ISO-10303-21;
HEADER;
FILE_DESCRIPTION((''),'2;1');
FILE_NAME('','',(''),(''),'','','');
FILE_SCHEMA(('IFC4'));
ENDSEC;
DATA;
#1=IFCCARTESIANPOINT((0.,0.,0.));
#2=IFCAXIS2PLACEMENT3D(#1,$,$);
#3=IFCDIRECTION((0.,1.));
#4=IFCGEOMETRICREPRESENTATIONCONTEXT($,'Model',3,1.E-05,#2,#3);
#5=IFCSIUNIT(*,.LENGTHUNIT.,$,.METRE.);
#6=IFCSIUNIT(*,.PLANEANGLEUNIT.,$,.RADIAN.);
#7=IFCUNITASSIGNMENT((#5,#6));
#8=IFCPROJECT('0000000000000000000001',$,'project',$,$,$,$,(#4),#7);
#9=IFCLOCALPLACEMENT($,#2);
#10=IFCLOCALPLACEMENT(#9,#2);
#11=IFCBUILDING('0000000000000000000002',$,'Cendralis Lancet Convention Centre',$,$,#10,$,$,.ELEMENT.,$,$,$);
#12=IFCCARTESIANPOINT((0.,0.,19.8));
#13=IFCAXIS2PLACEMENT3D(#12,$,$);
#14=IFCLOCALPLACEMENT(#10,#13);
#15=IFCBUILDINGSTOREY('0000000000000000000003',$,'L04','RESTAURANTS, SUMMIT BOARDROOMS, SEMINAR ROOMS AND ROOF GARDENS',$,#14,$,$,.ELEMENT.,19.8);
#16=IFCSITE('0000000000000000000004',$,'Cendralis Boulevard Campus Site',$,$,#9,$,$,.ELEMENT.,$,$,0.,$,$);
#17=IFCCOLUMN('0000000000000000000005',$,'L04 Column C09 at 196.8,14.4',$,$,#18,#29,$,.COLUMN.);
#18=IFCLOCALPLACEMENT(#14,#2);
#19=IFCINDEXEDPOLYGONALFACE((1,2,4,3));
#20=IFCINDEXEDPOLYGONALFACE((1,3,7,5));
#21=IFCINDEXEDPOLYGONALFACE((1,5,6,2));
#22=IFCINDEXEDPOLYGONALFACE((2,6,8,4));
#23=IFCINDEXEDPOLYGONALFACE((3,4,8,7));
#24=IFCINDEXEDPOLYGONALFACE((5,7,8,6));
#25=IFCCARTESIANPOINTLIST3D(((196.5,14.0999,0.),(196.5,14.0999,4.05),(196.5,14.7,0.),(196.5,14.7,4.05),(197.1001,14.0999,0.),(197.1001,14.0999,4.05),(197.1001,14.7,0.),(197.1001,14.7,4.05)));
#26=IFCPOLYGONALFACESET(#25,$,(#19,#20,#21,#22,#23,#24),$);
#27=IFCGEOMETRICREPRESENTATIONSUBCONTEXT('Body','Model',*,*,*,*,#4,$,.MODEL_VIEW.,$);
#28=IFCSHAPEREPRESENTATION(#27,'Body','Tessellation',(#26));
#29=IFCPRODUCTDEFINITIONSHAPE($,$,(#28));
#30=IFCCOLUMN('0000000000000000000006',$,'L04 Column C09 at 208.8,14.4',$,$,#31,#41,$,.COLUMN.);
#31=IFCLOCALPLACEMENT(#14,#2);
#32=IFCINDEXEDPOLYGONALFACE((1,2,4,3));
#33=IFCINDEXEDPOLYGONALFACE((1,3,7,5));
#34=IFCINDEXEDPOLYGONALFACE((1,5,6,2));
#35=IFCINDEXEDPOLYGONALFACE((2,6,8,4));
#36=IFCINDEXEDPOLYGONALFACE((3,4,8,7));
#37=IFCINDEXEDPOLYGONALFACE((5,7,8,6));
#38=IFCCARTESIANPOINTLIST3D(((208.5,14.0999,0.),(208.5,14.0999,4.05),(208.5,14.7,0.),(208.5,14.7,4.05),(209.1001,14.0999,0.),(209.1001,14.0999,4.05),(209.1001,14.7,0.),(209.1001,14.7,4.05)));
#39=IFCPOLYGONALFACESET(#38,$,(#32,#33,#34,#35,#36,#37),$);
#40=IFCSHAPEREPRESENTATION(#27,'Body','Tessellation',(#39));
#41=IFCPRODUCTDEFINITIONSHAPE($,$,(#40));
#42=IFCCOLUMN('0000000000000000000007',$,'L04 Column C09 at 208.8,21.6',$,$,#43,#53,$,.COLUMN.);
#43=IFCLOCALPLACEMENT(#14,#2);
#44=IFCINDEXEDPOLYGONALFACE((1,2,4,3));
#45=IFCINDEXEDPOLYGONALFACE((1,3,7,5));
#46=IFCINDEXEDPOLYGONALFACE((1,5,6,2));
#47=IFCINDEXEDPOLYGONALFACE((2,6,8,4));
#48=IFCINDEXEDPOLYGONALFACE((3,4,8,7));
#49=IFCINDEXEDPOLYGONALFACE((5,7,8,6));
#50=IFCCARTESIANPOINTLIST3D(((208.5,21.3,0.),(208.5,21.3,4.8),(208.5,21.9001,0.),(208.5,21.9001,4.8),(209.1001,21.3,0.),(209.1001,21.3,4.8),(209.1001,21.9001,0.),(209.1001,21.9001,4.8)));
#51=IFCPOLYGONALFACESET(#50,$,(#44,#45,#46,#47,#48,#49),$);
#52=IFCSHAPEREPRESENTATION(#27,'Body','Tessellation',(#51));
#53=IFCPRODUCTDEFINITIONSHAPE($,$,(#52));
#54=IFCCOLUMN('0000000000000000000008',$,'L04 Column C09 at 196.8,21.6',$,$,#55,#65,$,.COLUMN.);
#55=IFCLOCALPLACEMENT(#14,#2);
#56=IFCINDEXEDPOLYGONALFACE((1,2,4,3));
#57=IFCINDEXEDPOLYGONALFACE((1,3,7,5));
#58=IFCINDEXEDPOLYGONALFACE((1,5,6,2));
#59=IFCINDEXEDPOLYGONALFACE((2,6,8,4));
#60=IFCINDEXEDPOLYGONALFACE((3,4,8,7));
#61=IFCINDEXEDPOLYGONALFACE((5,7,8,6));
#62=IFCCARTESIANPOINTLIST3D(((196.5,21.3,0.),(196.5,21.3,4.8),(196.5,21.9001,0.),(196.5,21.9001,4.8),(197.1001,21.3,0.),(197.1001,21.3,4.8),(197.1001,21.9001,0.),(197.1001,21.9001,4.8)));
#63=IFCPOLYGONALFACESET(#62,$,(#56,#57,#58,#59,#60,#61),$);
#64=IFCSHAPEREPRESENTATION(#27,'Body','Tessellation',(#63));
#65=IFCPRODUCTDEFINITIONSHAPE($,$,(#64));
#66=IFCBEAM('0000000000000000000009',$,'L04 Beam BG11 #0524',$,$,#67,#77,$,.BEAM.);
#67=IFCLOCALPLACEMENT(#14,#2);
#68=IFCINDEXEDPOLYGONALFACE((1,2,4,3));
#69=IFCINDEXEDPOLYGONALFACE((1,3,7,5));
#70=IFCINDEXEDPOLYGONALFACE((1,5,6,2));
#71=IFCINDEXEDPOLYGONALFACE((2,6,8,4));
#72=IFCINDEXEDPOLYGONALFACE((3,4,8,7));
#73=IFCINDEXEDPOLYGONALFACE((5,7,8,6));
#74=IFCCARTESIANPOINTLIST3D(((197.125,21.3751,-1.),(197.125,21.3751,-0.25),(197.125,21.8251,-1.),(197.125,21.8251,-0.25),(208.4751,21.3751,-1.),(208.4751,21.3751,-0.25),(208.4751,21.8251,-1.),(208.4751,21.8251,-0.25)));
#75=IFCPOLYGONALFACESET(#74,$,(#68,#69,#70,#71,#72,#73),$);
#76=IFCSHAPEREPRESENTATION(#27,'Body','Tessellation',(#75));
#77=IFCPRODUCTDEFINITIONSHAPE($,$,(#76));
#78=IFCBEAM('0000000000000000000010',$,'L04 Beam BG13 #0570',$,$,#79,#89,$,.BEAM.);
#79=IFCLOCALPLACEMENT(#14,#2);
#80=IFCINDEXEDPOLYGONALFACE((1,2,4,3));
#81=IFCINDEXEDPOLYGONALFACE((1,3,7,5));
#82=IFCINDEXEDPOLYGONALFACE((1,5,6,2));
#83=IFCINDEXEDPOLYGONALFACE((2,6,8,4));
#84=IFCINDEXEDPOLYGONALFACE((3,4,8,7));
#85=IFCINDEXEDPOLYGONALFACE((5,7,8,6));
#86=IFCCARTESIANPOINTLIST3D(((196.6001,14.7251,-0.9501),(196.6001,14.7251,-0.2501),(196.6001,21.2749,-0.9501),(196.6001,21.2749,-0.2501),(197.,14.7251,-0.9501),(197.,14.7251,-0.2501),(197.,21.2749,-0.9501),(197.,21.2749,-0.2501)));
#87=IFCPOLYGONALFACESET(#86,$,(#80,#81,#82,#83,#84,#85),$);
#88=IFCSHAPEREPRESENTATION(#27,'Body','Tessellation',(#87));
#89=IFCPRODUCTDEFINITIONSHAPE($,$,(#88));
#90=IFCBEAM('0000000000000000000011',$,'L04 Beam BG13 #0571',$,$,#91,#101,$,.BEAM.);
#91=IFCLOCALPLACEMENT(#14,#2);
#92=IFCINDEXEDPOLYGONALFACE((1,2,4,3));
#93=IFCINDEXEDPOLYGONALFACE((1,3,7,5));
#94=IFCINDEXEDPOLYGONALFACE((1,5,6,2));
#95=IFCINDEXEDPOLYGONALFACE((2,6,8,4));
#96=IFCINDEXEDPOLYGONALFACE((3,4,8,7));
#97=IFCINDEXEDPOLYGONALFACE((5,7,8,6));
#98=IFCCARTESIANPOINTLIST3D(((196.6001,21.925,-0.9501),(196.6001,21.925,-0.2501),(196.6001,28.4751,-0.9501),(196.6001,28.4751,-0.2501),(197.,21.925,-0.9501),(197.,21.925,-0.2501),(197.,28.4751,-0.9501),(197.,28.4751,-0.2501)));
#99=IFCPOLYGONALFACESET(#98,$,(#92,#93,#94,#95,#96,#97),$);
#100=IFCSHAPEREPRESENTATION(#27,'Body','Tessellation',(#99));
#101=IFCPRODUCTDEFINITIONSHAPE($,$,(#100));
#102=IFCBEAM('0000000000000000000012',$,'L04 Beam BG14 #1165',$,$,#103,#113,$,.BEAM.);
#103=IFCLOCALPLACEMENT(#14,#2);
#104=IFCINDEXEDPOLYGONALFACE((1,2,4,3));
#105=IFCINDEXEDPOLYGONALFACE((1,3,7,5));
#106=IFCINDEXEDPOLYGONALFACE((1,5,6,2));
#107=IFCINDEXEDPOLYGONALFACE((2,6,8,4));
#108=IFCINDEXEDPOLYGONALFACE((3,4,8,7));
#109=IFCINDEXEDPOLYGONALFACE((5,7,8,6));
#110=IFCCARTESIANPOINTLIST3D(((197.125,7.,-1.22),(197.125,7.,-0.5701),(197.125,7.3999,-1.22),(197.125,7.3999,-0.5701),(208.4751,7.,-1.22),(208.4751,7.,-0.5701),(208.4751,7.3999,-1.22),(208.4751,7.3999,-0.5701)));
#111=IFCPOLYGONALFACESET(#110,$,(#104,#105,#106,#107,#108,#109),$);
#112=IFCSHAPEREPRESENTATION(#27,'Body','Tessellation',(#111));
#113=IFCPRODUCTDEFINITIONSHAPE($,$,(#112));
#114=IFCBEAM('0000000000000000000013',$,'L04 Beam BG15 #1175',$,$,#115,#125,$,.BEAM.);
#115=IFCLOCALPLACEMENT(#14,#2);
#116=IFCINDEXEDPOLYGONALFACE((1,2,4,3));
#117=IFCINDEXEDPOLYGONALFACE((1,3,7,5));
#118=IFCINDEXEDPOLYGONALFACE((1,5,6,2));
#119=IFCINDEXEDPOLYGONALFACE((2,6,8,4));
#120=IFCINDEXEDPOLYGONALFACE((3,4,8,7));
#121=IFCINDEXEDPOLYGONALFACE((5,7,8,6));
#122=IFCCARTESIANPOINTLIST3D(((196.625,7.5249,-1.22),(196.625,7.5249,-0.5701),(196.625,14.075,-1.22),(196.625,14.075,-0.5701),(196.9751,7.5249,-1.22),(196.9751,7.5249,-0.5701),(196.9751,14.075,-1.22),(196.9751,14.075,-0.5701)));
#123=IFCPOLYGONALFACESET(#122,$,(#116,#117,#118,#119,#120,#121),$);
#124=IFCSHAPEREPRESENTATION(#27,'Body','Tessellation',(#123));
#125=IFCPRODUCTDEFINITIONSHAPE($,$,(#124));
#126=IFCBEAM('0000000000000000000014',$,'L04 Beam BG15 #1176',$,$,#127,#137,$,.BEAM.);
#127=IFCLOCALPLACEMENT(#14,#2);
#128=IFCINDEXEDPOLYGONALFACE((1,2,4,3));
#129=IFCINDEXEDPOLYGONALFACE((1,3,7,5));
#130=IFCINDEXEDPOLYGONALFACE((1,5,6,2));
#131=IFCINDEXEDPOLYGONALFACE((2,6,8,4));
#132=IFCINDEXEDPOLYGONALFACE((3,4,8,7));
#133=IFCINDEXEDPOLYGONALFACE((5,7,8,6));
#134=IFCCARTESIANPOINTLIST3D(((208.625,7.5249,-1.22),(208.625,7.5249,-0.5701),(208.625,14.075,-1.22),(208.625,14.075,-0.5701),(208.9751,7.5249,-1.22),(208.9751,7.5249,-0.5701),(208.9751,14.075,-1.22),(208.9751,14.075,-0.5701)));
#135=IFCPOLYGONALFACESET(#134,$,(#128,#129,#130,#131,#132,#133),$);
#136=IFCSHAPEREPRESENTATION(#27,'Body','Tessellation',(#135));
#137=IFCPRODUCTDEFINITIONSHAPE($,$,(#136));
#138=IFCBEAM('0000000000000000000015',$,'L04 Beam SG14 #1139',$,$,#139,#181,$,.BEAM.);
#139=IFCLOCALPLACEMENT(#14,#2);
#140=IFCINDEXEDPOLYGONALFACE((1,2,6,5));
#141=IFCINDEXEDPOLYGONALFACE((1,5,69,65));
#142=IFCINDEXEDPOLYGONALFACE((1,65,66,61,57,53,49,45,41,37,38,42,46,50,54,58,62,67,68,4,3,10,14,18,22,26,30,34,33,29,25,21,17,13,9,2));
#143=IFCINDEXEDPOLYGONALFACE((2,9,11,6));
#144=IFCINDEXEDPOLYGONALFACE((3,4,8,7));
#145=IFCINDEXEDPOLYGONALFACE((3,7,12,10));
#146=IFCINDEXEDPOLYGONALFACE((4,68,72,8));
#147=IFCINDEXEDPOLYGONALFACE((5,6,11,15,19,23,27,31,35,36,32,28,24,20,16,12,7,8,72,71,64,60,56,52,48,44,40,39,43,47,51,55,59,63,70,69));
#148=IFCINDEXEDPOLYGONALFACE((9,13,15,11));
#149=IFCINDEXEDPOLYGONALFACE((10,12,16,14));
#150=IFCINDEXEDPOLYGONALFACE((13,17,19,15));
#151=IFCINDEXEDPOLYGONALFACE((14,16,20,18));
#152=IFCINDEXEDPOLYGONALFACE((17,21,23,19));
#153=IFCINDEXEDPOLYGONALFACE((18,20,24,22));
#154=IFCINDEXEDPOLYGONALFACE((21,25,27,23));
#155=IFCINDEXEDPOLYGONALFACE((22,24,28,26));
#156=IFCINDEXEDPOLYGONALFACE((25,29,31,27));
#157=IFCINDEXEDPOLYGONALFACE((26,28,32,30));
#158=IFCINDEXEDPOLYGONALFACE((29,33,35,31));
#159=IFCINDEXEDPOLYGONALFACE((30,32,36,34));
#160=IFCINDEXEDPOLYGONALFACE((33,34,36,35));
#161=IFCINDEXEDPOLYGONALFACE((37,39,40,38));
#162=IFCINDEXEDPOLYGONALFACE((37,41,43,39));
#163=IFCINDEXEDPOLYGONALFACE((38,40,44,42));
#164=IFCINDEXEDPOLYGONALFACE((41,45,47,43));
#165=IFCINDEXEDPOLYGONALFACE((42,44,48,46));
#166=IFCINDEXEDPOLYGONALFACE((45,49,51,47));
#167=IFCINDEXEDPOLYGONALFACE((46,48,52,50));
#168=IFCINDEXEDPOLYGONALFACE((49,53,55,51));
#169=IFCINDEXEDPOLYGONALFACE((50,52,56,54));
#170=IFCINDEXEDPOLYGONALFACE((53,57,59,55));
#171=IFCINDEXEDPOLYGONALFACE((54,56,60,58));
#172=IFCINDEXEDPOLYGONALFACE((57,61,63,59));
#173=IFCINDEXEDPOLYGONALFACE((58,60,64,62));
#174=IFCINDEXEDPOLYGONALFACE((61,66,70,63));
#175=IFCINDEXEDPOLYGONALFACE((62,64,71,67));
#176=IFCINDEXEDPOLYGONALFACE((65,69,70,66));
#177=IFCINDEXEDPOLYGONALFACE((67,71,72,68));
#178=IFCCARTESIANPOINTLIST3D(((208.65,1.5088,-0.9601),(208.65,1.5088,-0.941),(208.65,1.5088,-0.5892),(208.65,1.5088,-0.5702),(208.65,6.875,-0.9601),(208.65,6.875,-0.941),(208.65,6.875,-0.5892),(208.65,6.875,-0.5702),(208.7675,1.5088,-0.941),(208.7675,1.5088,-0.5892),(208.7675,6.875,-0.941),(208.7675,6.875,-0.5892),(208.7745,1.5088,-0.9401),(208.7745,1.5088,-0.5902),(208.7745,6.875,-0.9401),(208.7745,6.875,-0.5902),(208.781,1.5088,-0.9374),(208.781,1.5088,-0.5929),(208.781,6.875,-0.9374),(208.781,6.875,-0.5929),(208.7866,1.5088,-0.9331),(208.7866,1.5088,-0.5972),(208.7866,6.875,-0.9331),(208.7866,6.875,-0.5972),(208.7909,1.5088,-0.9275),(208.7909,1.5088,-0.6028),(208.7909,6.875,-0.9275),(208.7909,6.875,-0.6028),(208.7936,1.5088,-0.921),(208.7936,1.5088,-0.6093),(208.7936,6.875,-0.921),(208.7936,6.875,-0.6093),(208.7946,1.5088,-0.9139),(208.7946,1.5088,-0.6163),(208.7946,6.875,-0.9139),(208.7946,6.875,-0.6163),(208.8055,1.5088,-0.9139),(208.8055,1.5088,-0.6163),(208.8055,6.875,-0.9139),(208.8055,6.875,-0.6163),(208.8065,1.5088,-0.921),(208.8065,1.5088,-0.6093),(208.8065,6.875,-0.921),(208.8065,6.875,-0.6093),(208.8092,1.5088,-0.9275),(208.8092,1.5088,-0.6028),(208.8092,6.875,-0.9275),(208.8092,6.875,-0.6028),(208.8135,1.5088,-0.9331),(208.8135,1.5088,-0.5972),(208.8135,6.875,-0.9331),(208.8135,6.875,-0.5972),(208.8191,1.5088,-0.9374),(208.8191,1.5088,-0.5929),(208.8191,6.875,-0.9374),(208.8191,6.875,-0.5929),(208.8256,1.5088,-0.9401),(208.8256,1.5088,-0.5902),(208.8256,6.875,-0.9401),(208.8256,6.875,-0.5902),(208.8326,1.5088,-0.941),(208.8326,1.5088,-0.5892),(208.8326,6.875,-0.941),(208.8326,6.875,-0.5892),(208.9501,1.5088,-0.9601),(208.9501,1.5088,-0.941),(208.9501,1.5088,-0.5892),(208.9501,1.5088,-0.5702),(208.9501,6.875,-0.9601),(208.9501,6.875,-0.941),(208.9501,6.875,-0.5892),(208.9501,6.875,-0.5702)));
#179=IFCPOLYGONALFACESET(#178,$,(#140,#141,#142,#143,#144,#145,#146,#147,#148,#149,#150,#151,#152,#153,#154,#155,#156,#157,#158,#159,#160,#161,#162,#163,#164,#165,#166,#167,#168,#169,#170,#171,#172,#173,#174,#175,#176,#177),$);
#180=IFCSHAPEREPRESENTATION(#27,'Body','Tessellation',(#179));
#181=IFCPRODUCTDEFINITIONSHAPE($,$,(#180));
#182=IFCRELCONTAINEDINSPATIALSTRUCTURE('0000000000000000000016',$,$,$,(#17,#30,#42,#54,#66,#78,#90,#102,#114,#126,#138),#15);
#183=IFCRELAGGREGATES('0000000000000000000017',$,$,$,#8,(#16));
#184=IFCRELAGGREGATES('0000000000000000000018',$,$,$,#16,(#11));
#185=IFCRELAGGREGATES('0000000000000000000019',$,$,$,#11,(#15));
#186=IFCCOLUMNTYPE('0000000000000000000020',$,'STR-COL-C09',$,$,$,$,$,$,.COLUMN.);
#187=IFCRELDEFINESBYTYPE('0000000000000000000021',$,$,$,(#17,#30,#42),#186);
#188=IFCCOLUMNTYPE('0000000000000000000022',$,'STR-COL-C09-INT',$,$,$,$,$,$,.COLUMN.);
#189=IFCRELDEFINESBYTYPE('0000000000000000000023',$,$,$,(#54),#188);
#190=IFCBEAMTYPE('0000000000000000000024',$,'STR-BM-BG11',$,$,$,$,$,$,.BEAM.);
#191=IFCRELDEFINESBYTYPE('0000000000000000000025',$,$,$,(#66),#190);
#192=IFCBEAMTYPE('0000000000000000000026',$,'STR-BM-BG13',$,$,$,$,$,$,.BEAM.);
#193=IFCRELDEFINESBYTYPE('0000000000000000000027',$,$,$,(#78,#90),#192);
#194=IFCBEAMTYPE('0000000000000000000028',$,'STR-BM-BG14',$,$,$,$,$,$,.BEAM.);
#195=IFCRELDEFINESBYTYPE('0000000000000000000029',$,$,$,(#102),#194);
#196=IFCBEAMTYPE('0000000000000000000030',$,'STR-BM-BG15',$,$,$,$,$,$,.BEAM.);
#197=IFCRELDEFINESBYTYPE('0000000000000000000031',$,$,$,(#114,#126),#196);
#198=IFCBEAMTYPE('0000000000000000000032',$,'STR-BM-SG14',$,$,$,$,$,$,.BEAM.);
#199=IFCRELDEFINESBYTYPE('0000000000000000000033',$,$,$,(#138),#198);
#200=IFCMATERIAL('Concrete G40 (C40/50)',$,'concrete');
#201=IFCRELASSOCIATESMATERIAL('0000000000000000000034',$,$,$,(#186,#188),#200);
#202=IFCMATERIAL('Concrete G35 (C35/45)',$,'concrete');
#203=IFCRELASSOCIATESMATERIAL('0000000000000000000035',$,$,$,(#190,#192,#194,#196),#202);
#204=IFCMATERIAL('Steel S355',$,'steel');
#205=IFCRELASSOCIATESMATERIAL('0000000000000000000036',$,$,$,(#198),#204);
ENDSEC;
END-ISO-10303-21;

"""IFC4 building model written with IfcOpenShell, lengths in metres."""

from ifc_helpers import new_model, si_unit, direction, frame, origin, origin_2d, place, context, subcontext, project, spatial, rectangle, i_section, extrude, material, material_profile, profile_set, type_object, element, save


model = new_model("IFC4")

# Units and contexts
model_context = context("Model", 3, precision=1e-05, world=origin(), true_north=direction((0.0, 1.0)))
body_context = subcontext(model_context, "Body", "Model", "MODEL_VIEW")
ifc_project = project(units=[si_unit("LENGTHUNIT", "METRE"), si_unit("PLANEANGLEUNIT", "RADIAN")], contexts=[model_context])

# Site, building, storey
site_placement = place(None, origin())
site = spatial("IfcSite", under=ifc_project, at=site_placement, Name="Cendralis Boulevard Campus Site", CompositionType="ELEMENT", RefElevation=0.0)
building_placement = place(site_placement, origin())
building = spatial("IfcBuilding", under=site, at=building_placement, Name="Cendralis Lancet Convention Centre", CompositionType="ELEMENT")
storey_placement = place(building_placement, frame((0.0, 0.0, 19.8)))
storey = spatial("IfcBuildingStorey", under=building, at=storey_placement, Name="L04", Description="RESTAURANTS, SUMMIT BOARDROOMS, SEMINAR ROOMS AND ROOF GARDENS", CompositionType="ELEMENT", Elevation=19.8)

# Columns
ifc_material_1 = material(Name="Concrete G40 (C40/50)", Category="concrete")
ifc_material_profile_1 = material_profile(ifc_material_1, rectangle(XDim=0.6001, YDim=0.6001, at=origin_2d()), Name="RC 600x600")
ifc_profile_set_1 = profile_set([ifc_material_profile_1], Name="Concrete G40 (C40/50)")
column_type_1 = type_object("IfcColumnType", Name="STR-COL-C09", PredefinedType="COLUMN", material=ifc_profile_set_1)
for number, where, z_axis, x_axis, name in (
    (1, (196.8, 14.3999, 0.0), (0.0, 0.0, 1.0), (1.0, 0.0, 0.0), "L04 Column C09 at 196.8,14.4"),
    (2, (208.8, 14.3999, 0.0), (0.0, 0.0, 1.0), (1.0, 0.0, 0.0), "L04 Column C09 at 208.8,14.4"),
):
    element("IfcColumn", number, at=place(storey_placement, frame(where, z_axis=z_axis, x_axis=x_axis)), inside=storey, type_object=column_type_1, Name=name, PredefinedType="COLUMN", context=body_context, shape_type="SweptSolid", body=[
        extrude(rectangle(XDim=0.6001, YDim=0.6001, at=origin_2d()), origin(), (0.0, 0.0, 1.0), 4.05),
    ])
column_1_placement = place(storey_placement, frame((208.8, 21.6001, 0.0), z_axis=(0.0, 0.0, 1.0), x_axis=(1.0, 0.0, 0.0)))
element("IfcColumn", 3, at=column_1_placement, inside=storey, type_object=column_type_1, Name="L04 Column C09 at 208.8,21.6", PredefinedType="COLUMN", context=body_context, shape_type="SweptSolid", body=[
    extrude(rectangle(XDim=0.6001, YDim=0.6001, at=origin_2d()), origin(), (0.0, 0.0, 1.0), 4.8),
])
ifc_material_profile_2 = material_profile(ifc_material_1, rectangle(XDim=0.6001, YDim=0.6001, at=origin_2d()), Name="RC 600x600")
ifc_profile_set_2 = profile_set([ifc_material_profile_2], Name="Concrete G40 (C40/50)")
column_type_2 = type_object("IfcColumnType", Name="STR-COL-C09-INT", PredefinedType="COLUMN", material=ifc_profile_set_2)
column_2_placement = place(storey_placement, frame((196.8, 21.6001, 0.0), z_axis=(0.0, 0.0, 1.0), x_axis=(1.0, 0.0, 0.0)))
element("IfcColumn", 4, at=column_2_placement, inside=storey, type_object=column_type_2, Name="L04 Column C09 at 196.8,21.6", PredefinedType="COLUMN", context=body_context, shape_type="SweptSolid", body=[
    extrude(rectangle(XDim=0.6001, YDim=0.6001, at=origin_2d()), origin(), (0.0, 0.0, 1.0), 4.8),
])

# Beams
ifc_material_2 = material(Name="Concrete G35 (C35/45)", Category="concrete")
ifc_material_profile_3 = material_profile(ifc_material_2, rectangle(XDim=0.45, YDim=0.75, at=origin_2d()), Name="RCB 450x750")
ifc_profile_set_3 = profile_set([ifc_material_profile_3], Name="Concrete G35 (C35/45)")
beam_type_1 = type_object("IfcBeamType", Name="STR-BM-BG11", PredefinedType="BEAM", material=ifc_profile_set_3)
beam_1_placement = place(storey_placement, frame((197.125, 21.6001, -0.625), z_axis=(1.0, 0.0, 0.0), x_axis=(0.0, 1.0, 0.0)))
element("IfcBeam", 5, at=beam_1_placement, inside=storey, type_object=beam_type_1, Name="L04 Beam BG11 #0524", PredefinedType="BEAM", context=body_context, shape_type="SweptSolid", body=[
    extrude(rectangle(XDim=0.45, YDim=0.75, at=origin_2d()), origin(), (0.0, 0.0, 1.0), 11.3501),
])
ifc_material_profile_4 = material_profile(ifc_material_2, rectangle(XDim=0.3999, YDim=0.7, at=origin_2d()), Name="RCB 400x700")
ifc_profile_set_4 = profile_set([ifc_material_profile_4], Name="Concrete G35 (C35/45)")
beam_type_2 = type_object("IfcBeamType", Name="STR-BM-BG13", PredefinedType="BEAM", material=ifc_profile_set_4)
beam_2_placement = place(storey_placement, frame((196.8, 14.7251, -0.6001), z_axis=(0.0, 1.0, 0.0), x_axis=(-1.0, 0.0, 0.0)))
element("IfcBeam", 6, at=beam_2_placement, inside=storey, type_object=beam_type_2, Name="L04 Beam BG13 #0570", PredefinedType="BEAM", context=body_context, shape_type="SweptSolid", body=[
    extrude(rectangle(XDim=0.3999, YDim=0.7, at=origin_2d()), origin(), (0.0, 0.0, 1.0), 6.5498),
])
beam_3_placement = place(storey_placement, frame((196.8, 21.925, -0.6001), z_axis=(0.0, 1.0, 0.0), x_axis=(-1.0, 0.0, 0.0)))
element("IfcBeam", 7, at=beam_3_placement, inside=storey, type_object=beam_type_2, Name="L04 Beam BG13 #0571", PredefinedType="BEAM", context=body_context, shape_type="SweptSolid", body=[
    extrude(rectangle(XDim=0.3999, YDim=0.7, at=origin_2d()), origin(), (0.0, 0.0, 1.0), 6.55),
])
ifc_material_profile_5 = material_profile(ifc_material_2, rectangle(XDim=0.3999, YDim=0.6499, at=origin_2d()), Name="RCB 400x650")
ifc_profile_set_5 = profile_set([ifc_material_profile_5], Name="Concrete G35 (C35/45)")
beam_type_3 = type_object("IfcBeamType", Name="STR-BM-BG14", PredefinedType="BEAM", material=ifc_profile_set_5)
beam_4_placement = place(storey_placement, frame((197.125, 7.2, -0.895), z_axis=(1.0, 0.0, 0.0), x_axis=(0.0, 1.0, 0.0)))
element("IfcBeam", 8, at=beam_4_placement, inside=storey, type_object=beam_type_3, Name="L04 Beam BG14 #1165", PredefinedType="BEAM", context=body_context, shape_type="SweptSolid", body=[
    extrude(rectangle(XDim=0.3999, YDim=0.6499, at=origin_2d()), origin(), (0.0, 0.0, 1.0), 11.3501),
])
ifc_material_profile_6 = material_profile(ifc_material_2, rectangle(XDim=0.3501, YDim=0.6499, at=origin_2d()), Name="RCB 350x650")
ifc_profile_set_6 = profile_set([ifc_material_profile_6], Name="Concrete G35 (C35/45)")
beam_type_4 = type_object("IfcBeamType", Name="STR-BM-BG15", PredefinedType="BEAM", material=ifc_profile_set_6)
for number, where, z_axis, x_axis, name in (
    (9, (196.8, 7.5249, -0.895), (0.0, 1.0, 0.0), (-1.0, 0.0, 0.0), "L04 Beam BG15 #1175"),
    (10, (208.8, 7.5249, -0.895), (0.0, 1.0, 0.0), (-1.0, 0.0, 0.0), "L04 Beam BG15 #1176"),
):
    element("IfcBeam", number, at=place(storey_placement, frame(where, z_axis=z_axis, x_axis=x_axis)), inside=storey, type_object=beam_type_4, Name=name, PredefinedType="BEAM", context=body_context, shape_type="SweptSolid", body=[
        extrude(rectangle(XDim=0.3501, YDim=0.6499, at=origin_2d()), origin(), (0.0, 0.0, 1.0), 6.55),
    ])
ifc_material_3 = material(Name="Steel S355", Category="steel")
ifc_material_profile_7 = material_profile(ifc_material_3, i_section(OverallWidth=0.3, OverallDepth=0.3899, WebThickness=0.011, FlangeThickness=0.019, FilletRadius=0.0271, at=origin_2d()), Name="HEA 400")
ifc_profile_set_7 = profile_set([ifc_material_profile_7], Name="Steel S355")
beam_type_5 = type_object("IfcBeamType", Name="STR-BM-SG14", PredefinedType="BEAM", material=ifc_profile_set_7)
beam_5_placement = place(storey_placement, frame((208.8, 1.5088, -0.7651), z_axis=(0.0, 1.0, 0.0), x_axis=(-1.0, 0.0, 0.0)))
element("IfcBeam", 11, at=beam_5_placement, inside=storey, type_object=beam_type_5, Name="L04 Beam SG14 #1139", PredefinedType="BEAM", context=body_context, shape_type="SweptSolid", body=[
    extrude(i_section(OverallWidth=0.3, OverallDepth=0.3899, WebThickness=0.011, FlangeThickness=0.019, FilletRadius=0.0271, at=origin_2d()), origin(), (0.0, 0.0, 1.0), 5.3662),
])

save(model, "model.ifc")
